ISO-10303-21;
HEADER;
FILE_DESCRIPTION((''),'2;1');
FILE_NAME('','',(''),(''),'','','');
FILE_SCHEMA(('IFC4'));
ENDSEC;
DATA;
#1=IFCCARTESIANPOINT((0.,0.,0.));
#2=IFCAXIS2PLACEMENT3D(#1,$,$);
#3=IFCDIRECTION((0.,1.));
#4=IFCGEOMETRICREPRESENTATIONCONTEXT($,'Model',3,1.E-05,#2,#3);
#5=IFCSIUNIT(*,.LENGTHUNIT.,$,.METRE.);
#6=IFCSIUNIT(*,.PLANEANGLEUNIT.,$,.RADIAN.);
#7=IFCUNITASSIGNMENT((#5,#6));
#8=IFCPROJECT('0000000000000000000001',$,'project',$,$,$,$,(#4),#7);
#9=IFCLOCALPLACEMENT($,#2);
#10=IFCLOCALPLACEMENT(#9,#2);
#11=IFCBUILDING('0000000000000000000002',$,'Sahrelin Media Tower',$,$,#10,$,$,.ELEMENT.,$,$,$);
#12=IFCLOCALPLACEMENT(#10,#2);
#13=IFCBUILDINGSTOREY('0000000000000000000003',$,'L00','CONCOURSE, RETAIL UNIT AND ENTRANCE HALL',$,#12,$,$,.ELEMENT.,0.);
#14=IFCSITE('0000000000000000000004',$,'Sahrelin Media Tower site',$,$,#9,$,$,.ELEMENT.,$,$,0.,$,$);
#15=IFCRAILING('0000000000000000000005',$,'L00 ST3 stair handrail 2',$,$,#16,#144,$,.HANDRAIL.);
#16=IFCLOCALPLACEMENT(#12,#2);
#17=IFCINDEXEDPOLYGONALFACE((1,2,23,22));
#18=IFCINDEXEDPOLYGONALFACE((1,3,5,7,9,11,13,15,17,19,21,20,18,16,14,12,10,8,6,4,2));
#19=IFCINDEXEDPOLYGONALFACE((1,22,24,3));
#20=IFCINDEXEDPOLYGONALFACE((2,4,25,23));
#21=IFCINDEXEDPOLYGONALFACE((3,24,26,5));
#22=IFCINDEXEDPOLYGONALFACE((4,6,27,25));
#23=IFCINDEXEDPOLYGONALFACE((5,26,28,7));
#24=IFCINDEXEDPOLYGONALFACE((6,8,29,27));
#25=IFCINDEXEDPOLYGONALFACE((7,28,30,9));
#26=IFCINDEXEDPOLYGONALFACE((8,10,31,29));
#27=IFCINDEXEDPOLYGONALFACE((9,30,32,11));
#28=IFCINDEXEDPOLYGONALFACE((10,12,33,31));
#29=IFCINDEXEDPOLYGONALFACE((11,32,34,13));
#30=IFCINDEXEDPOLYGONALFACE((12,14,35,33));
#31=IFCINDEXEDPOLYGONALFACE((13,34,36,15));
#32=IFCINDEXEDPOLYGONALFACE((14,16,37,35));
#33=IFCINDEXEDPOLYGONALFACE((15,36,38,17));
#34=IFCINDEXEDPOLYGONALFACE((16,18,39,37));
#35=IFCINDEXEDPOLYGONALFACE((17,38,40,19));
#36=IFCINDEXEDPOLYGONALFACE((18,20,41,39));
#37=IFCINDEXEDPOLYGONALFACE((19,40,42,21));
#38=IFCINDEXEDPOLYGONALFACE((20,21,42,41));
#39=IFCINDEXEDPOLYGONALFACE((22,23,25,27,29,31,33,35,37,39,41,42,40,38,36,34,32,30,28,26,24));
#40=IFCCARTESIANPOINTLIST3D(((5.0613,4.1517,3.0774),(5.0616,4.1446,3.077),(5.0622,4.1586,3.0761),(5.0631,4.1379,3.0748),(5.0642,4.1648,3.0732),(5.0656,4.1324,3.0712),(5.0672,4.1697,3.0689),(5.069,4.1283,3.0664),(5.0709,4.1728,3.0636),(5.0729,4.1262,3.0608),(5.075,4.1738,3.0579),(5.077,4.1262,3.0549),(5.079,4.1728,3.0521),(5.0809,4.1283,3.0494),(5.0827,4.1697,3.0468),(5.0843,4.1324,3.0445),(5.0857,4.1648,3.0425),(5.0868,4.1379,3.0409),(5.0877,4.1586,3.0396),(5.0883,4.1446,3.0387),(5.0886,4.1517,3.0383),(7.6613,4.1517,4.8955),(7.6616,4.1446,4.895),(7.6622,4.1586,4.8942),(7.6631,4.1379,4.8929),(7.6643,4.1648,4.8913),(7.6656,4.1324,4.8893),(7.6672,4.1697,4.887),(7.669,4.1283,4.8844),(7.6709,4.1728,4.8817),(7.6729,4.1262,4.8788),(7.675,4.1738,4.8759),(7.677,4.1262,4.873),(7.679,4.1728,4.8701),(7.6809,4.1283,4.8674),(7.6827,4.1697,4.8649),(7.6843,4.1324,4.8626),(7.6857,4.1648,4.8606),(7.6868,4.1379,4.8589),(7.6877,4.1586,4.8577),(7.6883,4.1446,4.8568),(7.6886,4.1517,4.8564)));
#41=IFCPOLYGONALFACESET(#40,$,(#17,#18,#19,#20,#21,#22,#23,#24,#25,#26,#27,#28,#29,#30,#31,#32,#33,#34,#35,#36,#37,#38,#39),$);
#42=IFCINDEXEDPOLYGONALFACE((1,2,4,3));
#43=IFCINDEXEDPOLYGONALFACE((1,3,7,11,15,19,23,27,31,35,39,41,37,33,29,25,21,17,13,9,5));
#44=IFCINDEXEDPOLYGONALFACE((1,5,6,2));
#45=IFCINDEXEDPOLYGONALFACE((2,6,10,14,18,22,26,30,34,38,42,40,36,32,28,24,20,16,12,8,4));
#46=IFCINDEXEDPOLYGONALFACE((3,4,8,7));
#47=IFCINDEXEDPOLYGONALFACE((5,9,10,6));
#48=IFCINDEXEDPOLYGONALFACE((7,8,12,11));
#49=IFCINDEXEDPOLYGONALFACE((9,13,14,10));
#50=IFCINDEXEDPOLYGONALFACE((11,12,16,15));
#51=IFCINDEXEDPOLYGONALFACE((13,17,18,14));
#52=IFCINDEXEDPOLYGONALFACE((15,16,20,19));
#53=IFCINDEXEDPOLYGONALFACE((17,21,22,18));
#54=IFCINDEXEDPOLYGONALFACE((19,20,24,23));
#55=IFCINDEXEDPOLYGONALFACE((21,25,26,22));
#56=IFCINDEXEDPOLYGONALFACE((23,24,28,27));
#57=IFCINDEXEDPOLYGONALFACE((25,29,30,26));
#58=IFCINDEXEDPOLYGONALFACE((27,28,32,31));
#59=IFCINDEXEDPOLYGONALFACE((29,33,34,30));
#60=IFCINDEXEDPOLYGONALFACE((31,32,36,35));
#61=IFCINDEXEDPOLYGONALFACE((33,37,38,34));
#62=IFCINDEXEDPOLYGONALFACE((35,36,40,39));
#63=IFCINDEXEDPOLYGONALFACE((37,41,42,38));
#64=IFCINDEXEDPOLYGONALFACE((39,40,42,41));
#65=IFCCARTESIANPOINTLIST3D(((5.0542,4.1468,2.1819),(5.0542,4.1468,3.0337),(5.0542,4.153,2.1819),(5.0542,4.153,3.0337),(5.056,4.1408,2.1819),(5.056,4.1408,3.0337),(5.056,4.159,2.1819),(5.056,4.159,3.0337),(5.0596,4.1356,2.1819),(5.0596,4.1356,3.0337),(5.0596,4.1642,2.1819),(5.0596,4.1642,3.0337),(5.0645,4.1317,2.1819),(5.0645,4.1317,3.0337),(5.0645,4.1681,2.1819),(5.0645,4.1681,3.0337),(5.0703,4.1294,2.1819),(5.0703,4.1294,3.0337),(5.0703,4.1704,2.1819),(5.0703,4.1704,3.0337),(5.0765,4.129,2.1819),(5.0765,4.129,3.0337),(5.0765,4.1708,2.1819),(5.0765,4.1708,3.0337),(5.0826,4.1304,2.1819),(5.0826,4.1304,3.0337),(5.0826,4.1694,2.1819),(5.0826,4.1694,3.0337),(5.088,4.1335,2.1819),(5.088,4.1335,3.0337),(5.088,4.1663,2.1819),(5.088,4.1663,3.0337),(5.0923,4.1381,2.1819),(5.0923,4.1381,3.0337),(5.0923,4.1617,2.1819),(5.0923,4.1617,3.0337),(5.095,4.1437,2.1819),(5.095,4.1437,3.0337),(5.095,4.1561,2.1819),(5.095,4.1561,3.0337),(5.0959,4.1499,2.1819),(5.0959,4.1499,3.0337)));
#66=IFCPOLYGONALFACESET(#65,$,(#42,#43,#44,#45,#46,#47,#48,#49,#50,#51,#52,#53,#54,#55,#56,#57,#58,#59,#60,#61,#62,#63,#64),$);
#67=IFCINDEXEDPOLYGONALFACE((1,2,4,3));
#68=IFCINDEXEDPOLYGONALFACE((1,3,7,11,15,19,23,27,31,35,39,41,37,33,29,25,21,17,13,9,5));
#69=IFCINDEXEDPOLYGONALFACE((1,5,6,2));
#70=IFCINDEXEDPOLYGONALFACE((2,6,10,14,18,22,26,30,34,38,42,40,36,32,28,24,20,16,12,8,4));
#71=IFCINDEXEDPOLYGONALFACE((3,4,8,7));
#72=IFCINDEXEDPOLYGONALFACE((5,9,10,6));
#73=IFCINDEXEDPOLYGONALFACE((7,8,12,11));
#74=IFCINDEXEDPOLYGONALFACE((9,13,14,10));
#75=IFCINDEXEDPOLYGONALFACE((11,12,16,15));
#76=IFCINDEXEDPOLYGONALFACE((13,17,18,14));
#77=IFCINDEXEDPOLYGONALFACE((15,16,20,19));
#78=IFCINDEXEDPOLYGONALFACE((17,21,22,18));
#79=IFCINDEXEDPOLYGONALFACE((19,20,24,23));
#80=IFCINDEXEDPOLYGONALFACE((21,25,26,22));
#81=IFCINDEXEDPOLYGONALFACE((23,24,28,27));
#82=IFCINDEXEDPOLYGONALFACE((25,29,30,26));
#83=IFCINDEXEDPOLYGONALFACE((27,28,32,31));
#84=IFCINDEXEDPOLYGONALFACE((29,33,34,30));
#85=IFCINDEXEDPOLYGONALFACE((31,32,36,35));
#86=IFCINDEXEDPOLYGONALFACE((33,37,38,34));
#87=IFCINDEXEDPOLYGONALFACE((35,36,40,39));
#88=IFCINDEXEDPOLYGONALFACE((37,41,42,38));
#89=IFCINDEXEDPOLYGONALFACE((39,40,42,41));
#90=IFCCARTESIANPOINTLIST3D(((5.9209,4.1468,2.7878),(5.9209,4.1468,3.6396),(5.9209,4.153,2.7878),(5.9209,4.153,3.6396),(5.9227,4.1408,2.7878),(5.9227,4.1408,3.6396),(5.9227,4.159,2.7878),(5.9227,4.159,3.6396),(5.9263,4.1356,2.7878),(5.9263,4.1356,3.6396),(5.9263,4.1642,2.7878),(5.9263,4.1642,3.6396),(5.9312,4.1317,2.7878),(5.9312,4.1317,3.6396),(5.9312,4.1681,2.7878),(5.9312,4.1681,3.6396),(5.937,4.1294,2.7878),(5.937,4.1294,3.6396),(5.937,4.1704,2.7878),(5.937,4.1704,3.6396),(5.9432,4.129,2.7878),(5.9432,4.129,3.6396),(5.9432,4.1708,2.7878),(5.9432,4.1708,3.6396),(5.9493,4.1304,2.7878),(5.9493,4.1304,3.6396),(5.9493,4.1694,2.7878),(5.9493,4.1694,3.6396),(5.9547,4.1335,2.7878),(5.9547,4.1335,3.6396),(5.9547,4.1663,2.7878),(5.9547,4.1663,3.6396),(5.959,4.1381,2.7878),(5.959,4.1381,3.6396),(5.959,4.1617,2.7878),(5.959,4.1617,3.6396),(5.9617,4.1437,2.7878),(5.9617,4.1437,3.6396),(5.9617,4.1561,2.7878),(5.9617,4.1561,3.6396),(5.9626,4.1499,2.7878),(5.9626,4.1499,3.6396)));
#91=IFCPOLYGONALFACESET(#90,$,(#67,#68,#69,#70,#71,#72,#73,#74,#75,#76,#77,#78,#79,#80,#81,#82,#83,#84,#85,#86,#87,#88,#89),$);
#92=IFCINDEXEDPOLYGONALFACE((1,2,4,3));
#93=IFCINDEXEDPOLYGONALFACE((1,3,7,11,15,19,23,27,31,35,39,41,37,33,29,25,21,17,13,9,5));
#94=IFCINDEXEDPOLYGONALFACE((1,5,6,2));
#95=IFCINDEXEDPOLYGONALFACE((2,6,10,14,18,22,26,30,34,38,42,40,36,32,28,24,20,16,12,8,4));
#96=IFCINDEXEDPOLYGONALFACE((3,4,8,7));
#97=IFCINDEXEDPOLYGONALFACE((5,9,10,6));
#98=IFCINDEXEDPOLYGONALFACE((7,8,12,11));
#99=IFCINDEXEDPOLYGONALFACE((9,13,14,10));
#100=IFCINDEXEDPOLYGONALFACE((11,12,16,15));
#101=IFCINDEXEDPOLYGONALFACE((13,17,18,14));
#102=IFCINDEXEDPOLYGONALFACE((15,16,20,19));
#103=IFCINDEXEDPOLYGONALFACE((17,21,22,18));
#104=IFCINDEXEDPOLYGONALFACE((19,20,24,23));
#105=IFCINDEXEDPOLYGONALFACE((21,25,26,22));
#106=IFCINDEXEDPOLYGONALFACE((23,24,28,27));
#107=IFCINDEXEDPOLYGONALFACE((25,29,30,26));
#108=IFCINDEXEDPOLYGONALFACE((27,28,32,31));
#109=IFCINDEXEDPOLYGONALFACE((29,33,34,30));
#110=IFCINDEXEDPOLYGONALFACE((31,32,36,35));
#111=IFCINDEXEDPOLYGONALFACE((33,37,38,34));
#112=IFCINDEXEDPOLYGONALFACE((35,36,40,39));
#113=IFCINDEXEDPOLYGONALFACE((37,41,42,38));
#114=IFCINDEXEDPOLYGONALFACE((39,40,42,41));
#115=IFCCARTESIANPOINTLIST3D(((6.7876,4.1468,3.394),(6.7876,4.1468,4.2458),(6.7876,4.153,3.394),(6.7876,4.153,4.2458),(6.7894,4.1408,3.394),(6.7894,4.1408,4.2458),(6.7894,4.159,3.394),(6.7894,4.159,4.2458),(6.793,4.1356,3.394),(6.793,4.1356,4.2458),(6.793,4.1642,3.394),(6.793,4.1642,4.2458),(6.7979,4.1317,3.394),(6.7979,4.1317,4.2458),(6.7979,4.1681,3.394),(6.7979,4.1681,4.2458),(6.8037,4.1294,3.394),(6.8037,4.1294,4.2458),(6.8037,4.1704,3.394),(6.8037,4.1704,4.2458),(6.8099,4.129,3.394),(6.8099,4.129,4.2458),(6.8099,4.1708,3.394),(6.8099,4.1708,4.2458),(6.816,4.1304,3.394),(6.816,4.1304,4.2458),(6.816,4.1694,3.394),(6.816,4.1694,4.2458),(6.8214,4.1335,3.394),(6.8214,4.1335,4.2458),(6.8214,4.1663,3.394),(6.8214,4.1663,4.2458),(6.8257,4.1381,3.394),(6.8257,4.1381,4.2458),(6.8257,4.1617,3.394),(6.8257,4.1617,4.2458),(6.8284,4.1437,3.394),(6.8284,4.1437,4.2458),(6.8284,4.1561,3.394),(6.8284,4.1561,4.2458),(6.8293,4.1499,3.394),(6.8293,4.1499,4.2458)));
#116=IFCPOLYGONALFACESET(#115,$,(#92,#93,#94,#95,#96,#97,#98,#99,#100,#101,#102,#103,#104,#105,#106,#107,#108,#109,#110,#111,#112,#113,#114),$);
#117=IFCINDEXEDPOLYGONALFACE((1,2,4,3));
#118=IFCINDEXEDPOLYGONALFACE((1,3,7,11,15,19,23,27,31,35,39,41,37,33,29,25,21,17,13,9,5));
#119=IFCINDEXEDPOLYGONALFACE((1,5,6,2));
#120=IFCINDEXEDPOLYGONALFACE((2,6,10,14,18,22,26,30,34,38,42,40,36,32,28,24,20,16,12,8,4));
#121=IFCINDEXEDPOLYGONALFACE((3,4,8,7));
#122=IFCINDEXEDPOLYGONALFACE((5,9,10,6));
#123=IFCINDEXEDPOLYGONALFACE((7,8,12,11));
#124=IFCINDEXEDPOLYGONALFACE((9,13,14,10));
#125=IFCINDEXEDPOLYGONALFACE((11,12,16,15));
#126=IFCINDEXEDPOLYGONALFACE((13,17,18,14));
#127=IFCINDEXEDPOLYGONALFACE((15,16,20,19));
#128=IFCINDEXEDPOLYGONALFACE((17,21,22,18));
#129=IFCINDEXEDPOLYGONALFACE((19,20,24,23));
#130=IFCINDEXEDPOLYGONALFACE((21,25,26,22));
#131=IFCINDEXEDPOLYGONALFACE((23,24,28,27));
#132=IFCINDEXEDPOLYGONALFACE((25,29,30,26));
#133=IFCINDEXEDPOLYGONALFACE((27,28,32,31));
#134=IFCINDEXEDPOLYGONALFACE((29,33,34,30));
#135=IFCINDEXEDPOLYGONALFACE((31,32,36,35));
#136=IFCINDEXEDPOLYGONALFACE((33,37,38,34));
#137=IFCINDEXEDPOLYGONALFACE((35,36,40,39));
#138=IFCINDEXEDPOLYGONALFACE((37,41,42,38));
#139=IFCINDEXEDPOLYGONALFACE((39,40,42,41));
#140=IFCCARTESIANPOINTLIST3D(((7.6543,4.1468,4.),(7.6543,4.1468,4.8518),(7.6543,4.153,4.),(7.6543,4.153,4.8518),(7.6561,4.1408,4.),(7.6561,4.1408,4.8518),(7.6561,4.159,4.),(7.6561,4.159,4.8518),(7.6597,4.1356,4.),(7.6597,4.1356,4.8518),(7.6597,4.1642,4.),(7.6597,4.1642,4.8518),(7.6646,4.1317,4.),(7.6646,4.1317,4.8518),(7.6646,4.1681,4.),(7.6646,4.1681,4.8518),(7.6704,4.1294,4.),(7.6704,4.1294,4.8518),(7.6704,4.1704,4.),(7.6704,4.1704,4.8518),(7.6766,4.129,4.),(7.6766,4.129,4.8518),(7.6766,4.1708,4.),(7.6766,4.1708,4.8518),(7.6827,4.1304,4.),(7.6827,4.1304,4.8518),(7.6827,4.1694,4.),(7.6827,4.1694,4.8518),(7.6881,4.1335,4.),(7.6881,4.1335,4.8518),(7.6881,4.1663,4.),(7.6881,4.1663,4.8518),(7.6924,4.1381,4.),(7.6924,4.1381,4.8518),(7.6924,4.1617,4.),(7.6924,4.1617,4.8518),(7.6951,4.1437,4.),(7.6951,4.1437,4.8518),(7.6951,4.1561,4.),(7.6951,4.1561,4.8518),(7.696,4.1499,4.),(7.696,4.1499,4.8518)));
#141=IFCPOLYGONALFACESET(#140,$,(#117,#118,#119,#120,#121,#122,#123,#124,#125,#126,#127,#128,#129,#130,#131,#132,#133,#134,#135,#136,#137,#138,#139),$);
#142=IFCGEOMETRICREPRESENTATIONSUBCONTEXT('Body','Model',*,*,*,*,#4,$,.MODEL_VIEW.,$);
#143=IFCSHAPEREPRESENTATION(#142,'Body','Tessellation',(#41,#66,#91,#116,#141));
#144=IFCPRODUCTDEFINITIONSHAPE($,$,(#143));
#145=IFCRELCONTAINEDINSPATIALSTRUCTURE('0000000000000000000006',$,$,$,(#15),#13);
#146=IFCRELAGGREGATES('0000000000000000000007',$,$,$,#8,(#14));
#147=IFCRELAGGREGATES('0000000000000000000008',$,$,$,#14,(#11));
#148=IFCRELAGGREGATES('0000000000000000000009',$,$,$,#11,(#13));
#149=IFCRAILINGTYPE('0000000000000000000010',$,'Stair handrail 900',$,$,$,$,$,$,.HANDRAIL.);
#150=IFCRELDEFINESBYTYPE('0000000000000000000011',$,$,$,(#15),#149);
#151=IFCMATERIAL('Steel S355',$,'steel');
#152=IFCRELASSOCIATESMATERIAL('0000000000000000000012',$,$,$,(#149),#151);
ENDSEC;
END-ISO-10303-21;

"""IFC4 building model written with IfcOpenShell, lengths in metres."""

from ifc_helpers import new_model, si_unit, direction, frame, origin, origin_2d, place, context, subcontext, project, spatial, circle, extrude, material, type_object, element, save


model = new_model("IFC4")

# Units and contexts
model_context = context("Model", 3, precision=1e-05, world=origin(), true_north=direction((0.0, 1.0)))
body_context = subcontext(model_context, "Body", "Model", "MODEL_VIEW")
ifc_project = project(units=[si_unit("LENGTHUNIT", "METRE"), si_unit("PLANEANGLEUNIT", "RADIAN")], contexts=[model_context])

# Site, building, storey
site_placement = place(None, origin())
site = spatial("IfcSite", under=ifc_project, at=site_placement, Name="Sahrelin Media Tower site", CompositionType="ELEMENT", RefElevation=0.0)
building_placement = place(site_placement, origin())
building = spatial("IfcBuilding", under=site, at=building_placement, Name="Sahrelin Media Tower", CompositionType="ELEMENT")
storey_placement = place(building_placement, origin())
storey = spatial("IfcBuildingStorey", under=building, at=storey_placement, Name="L00", Description="CONCOURSE, RETAIL UNIT AND ENTRANCE HALL", CompositionType="ELEMENT", Elevation=0.0)

# Shared definitions
ifc_material_1 = material(Name="Steel S355", Category="steel")

# Railing
railing_type = type_object("IfcRailingType", Name="Stair handrail 900", PredefinedType="HANDRAIL", material=ifc_material_1)
railing_placement = place(storey_placement, frame((5.075, 4.1499, 2.1819)))
element("IfcRailing", 1, at=railing_placement, inside=storey, type_object=railing_type, Name="L00 ST3 stair handrail 2", PredefinedType="HANDRAIL", context=body_context, shape_type="SweptSolid", body=[
    extrude(circle(Radius=0.0239, at=origin_2d()), frame((0.0, 0.0, 0.876), z_axis=(0.819521, 0.0, 0.573049), x_axis=(0.0, 1.0, 0.0)), (0.0, 0.0, 1.0), 3.1726),
    extrude(circle(Radius=0.021, at=origin_2d()), origin(), (0.0, 0.0, 1.0), 0.8518),
    extrude(circle(Radius=0.021, at=origin_2d()), frame((0.8667, 0.0, 0.606)), (0.0, 0.0, 1.0), 0.8518),
    extrude(circle(Radius=0.021, at=origin_2d()), frame((1.7334, 0.0, 1.2122)), (0.0, 0.0, 1.0), 0.8518),
    extrude(circle(Radius=0.021, at=origin_2d()), frame((2.6001, 0.0, 1.8181)), (0.0, 0.0, 1.0), 0.8518),
])

save(model, "model.ifc")
